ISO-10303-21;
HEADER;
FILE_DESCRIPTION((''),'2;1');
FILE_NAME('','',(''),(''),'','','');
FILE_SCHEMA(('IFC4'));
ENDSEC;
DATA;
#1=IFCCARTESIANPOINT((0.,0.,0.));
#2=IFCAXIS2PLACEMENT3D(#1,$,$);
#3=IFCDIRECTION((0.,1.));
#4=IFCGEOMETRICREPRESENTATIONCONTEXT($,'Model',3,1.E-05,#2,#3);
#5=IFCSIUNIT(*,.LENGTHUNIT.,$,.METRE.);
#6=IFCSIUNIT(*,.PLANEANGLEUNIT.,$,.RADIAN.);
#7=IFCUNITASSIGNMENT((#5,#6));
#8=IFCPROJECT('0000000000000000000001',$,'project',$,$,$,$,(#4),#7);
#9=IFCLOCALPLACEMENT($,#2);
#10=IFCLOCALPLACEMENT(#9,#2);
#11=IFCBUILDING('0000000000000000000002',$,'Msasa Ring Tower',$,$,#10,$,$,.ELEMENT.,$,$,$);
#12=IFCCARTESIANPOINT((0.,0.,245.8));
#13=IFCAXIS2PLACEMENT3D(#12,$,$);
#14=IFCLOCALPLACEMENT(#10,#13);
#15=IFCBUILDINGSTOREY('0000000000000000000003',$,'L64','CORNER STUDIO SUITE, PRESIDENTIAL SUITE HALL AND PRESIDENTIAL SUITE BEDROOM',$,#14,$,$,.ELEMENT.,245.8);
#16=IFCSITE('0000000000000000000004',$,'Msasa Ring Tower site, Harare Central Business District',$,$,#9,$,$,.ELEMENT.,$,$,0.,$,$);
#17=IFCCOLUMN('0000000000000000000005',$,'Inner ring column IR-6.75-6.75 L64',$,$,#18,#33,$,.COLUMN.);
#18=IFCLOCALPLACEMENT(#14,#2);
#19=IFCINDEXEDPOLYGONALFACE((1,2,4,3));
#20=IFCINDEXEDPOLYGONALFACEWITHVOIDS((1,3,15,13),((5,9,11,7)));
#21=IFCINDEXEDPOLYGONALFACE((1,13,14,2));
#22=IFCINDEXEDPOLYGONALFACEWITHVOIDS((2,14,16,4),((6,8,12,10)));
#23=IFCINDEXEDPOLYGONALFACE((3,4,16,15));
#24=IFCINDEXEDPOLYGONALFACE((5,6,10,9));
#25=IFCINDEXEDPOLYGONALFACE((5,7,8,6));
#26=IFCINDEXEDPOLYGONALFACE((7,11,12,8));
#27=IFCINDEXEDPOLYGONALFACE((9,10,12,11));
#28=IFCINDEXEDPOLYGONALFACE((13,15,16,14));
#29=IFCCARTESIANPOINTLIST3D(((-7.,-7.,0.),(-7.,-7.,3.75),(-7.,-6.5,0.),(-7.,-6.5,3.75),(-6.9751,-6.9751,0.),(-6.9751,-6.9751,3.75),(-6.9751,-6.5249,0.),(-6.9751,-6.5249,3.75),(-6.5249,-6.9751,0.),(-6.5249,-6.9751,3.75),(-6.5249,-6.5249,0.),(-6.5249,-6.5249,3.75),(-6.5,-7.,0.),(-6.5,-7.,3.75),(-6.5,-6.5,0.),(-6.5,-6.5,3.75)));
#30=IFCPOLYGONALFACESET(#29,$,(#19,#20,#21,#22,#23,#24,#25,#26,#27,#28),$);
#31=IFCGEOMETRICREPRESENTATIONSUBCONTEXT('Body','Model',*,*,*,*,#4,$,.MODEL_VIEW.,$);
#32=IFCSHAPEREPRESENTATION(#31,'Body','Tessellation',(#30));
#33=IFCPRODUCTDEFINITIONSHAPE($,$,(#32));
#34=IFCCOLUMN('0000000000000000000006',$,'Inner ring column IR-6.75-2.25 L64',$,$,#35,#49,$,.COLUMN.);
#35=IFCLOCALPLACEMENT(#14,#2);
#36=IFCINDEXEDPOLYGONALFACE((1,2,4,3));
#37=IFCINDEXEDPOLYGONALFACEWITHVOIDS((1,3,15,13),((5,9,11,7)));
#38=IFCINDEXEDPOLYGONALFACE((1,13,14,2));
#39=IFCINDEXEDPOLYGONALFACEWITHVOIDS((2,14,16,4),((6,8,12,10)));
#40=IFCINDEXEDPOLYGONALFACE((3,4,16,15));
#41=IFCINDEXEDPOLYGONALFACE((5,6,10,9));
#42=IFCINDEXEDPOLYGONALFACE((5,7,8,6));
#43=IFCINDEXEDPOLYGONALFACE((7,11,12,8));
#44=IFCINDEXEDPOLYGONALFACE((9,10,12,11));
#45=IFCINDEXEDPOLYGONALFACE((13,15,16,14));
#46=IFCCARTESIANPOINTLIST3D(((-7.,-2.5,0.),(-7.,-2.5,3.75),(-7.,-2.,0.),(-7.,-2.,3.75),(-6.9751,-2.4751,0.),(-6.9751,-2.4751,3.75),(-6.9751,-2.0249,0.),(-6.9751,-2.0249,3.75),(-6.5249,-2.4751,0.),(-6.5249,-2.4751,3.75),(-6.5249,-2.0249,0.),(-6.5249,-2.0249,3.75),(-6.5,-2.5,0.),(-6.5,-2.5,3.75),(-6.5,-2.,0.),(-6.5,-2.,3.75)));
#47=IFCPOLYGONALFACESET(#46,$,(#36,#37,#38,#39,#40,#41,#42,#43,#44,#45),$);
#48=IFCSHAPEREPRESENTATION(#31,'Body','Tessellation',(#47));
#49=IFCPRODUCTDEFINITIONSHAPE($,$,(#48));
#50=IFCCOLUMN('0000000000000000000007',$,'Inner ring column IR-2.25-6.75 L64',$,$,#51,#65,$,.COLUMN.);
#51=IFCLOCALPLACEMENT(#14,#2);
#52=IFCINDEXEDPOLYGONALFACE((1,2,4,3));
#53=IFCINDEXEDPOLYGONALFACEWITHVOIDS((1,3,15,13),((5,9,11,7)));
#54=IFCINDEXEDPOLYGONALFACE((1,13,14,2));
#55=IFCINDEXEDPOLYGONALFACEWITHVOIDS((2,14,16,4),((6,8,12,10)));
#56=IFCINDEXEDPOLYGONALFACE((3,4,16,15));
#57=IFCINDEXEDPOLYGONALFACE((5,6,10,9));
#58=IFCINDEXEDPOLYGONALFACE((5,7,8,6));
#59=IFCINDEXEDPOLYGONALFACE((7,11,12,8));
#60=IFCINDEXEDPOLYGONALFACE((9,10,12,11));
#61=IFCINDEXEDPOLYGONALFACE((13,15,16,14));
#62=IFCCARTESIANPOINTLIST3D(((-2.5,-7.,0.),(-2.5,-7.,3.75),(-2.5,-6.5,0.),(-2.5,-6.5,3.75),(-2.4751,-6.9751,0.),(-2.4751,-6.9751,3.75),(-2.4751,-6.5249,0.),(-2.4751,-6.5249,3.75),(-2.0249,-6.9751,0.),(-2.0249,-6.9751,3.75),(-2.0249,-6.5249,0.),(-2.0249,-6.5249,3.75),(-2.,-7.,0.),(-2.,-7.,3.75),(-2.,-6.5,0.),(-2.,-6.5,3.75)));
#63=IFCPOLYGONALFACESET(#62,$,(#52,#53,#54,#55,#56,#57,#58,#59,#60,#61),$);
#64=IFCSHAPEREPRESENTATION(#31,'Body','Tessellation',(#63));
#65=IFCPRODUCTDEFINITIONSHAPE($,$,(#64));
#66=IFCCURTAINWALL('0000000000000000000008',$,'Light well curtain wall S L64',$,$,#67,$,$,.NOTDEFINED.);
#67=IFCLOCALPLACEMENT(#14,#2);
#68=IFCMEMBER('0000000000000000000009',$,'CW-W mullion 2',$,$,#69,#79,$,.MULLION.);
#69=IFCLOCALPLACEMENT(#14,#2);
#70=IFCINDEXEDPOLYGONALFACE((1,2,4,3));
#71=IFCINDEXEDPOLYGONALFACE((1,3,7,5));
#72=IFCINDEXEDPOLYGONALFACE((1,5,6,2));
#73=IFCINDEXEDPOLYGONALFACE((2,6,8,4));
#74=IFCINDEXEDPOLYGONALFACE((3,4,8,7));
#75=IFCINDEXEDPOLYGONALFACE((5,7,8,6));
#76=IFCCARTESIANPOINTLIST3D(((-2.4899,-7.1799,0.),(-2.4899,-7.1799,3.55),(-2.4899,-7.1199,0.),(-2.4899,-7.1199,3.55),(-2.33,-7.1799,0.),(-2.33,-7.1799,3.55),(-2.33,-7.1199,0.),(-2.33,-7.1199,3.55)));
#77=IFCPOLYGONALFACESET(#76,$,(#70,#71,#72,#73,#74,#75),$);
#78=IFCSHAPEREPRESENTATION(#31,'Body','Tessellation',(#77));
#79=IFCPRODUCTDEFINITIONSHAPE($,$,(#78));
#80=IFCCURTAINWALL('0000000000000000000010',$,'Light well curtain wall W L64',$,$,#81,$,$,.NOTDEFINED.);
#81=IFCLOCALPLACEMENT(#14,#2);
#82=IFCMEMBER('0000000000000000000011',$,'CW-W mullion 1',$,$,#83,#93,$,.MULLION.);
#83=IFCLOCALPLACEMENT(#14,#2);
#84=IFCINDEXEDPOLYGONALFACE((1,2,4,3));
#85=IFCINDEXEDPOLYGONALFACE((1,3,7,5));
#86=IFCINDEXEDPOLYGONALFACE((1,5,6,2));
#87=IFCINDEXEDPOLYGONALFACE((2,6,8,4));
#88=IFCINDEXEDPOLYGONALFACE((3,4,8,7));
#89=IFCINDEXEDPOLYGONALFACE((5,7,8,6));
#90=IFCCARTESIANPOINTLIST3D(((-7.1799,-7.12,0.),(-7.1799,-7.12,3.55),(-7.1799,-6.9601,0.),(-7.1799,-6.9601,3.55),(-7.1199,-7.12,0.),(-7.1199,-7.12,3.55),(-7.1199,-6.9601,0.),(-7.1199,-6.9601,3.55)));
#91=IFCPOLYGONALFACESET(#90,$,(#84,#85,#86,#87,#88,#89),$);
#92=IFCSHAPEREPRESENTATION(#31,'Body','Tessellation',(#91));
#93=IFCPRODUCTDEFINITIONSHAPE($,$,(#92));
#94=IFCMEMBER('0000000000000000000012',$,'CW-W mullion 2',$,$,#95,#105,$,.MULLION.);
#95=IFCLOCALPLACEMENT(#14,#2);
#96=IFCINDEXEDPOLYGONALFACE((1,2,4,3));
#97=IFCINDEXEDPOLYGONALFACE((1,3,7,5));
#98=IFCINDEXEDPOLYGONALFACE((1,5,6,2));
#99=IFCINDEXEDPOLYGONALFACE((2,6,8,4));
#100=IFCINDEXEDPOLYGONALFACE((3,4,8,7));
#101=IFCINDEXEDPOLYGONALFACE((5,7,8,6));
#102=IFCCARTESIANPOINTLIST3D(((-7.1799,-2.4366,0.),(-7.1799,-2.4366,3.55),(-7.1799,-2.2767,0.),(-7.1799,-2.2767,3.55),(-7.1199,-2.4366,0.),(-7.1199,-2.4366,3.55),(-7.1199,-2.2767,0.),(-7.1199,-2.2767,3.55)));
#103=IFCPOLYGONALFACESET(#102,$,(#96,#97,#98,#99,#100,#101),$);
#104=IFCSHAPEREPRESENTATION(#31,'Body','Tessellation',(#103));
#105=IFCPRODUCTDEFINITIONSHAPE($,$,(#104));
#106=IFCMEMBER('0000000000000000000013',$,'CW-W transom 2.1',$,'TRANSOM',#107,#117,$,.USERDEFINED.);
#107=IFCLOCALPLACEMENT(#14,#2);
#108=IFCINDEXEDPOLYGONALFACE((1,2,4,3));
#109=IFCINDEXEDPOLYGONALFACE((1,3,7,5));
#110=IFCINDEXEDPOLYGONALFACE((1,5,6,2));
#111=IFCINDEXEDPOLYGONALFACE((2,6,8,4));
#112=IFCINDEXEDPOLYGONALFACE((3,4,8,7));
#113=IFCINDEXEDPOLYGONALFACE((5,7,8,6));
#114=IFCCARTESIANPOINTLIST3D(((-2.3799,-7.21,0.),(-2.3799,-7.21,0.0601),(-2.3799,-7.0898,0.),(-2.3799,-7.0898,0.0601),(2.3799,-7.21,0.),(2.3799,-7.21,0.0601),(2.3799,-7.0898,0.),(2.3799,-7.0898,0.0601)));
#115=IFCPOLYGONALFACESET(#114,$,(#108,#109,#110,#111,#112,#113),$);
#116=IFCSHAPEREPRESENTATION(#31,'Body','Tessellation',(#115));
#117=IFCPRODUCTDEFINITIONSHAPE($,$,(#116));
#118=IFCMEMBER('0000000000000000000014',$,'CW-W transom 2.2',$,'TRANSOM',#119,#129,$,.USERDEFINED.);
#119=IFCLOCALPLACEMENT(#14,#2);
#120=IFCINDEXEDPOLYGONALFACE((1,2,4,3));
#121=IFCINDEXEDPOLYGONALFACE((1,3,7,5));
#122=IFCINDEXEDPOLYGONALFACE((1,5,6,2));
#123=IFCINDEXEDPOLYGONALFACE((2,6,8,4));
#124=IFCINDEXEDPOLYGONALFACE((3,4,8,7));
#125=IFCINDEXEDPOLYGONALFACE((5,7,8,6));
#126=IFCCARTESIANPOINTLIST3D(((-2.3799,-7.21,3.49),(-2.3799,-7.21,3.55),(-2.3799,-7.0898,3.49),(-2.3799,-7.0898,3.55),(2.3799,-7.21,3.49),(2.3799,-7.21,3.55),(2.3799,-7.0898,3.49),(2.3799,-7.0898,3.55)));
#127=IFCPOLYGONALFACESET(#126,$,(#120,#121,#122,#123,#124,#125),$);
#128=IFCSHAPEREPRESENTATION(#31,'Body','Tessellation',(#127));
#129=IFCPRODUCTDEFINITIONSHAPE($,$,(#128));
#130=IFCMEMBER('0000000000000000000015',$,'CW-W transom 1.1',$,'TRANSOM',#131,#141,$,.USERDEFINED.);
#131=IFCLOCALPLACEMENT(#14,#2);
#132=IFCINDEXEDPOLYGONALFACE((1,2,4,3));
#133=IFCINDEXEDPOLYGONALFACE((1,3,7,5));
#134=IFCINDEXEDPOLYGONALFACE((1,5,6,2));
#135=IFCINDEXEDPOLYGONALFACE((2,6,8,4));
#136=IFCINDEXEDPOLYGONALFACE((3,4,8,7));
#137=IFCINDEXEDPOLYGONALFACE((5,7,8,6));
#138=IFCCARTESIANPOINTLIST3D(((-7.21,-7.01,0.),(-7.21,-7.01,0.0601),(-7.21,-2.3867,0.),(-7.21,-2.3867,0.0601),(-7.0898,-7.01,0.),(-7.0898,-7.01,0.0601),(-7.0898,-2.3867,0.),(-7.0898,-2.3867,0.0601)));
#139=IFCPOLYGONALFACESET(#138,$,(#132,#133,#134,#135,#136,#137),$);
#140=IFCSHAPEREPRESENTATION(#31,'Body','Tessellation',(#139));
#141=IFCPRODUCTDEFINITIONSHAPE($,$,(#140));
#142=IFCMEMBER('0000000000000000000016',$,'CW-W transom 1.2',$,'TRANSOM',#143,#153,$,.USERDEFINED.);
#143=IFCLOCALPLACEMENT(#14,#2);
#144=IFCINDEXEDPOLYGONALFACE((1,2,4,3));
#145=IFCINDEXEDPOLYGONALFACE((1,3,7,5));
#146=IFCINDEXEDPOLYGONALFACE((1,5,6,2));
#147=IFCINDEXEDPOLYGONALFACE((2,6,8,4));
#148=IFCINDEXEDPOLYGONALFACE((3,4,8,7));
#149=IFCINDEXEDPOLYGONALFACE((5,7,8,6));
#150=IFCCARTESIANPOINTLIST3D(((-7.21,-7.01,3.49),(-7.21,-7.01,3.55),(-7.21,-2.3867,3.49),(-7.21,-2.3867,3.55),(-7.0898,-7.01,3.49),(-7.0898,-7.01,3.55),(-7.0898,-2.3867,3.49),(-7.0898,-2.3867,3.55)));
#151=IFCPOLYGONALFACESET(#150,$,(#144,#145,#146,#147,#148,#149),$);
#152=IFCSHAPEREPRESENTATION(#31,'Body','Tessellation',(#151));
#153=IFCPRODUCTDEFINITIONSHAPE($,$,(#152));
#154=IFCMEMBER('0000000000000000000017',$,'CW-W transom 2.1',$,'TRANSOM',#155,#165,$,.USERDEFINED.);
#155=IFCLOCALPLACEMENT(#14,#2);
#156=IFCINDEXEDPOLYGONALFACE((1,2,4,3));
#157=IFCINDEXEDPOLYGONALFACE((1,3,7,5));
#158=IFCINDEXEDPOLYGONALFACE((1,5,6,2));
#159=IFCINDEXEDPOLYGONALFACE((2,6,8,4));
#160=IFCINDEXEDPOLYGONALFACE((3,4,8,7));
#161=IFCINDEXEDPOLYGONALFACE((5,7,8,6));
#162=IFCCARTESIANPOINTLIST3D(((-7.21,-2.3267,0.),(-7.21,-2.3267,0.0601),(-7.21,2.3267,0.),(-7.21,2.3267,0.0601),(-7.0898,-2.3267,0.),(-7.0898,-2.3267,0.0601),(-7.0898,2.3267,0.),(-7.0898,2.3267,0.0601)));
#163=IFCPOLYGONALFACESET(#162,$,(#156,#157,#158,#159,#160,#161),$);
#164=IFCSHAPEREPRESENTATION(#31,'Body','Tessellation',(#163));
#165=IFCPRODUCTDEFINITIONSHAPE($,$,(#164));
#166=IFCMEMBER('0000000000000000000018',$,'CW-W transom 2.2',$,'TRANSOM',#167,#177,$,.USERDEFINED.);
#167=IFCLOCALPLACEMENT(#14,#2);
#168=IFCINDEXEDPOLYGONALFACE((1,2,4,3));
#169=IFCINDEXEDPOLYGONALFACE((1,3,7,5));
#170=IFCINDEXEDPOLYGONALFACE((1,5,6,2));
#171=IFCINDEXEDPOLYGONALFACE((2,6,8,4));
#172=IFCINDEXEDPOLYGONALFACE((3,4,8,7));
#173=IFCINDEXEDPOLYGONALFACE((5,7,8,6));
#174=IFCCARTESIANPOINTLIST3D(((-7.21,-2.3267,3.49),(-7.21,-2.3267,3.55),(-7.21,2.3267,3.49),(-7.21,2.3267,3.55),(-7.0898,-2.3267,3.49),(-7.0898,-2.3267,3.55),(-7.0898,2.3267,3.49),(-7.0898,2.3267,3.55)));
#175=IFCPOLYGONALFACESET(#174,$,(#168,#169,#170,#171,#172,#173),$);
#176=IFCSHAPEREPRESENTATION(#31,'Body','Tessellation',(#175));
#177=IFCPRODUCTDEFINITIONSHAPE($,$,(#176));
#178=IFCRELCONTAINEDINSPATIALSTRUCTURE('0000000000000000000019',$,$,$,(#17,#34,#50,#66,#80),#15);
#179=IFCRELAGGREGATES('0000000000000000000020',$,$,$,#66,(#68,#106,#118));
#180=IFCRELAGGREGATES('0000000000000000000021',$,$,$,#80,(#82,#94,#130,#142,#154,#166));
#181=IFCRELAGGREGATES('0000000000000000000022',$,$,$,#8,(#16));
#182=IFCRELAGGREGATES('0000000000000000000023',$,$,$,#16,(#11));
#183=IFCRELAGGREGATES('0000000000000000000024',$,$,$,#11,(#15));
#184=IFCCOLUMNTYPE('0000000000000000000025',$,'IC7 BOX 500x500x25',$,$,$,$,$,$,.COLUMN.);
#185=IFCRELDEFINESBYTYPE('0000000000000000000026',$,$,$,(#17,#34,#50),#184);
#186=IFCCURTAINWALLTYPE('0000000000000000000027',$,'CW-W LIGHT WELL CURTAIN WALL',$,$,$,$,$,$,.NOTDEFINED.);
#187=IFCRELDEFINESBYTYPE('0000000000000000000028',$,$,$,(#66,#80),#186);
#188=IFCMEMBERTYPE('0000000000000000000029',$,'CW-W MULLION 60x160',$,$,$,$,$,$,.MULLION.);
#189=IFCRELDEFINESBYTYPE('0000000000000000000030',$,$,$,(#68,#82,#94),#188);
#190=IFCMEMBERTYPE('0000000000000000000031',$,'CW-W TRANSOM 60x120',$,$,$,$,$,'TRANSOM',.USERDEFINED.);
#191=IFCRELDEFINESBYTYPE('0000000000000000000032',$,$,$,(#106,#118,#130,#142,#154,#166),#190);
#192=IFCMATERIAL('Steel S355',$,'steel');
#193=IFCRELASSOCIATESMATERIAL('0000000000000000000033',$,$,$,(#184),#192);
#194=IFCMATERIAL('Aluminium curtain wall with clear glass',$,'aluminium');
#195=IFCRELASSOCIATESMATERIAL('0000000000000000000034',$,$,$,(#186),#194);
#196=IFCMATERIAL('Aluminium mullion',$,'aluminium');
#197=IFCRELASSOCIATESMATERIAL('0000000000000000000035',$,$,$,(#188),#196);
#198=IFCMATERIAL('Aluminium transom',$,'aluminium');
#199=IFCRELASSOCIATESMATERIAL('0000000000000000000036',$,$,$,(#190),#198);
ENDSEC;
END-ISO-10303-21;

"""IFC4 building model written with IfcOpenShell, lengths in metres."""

from ifc_helpers import new_model, si_unit, direction, frame, origin, origin_2d, place, context, subcontext, project, spatial, rectangle, hollow_rectangle, extrude, material, material_profile, profile_set, type_object, element, aggregate, save


model = new_model("IFC4")

# Units and contexts
model_context = context("Model", 3, precision=1e-05, world=origin(), true_north=direction((0.0, 1.0)))
body_context = subcontext(model_context, "Body", "Model", "MODEL_VIEW")
ifc_project = project(units=[si_unit("LENGTHUNIT", "METRE"), si_unit("PLANEANGLEUNIT", "RADIAN")], contexts=[model_context])

# Site, building, storey
site_placement = place(None, origin())
site = spatial("IfcSite", under=ifc_project, at=site_placement, Name="Msasa Ring Tower site, Harare Central Business District", CompositionType="ELEMENT", RefElevation=0.0)
building_placement = place(site_placement, origin())
building = spatial("IfcBuilding", under=site, at=building_placement, Name="Msasa Ring Tower", CompositionType="ELEMENT")
storey_placement = place(building_placement, frame((0.0, 0.0, 245.8)))
storey = spatial("IfcBuildingStorey", under=building, at=storey_placement, Name="L64", Description="CORNER STUDIO SUITE, PRESIDENTIAL SUITE HALL AND PRESIDENTIAL SUITE BEDROOM", CompositionType="ELEMENT", Elevation=245.8)

# Columns
ifc_material_1 = material(Name="Steel S355", Category="steel")
ifc_material_profile_1 = material_profile(ifc_material_1, hollow_rectangle(XDim=0.5, YDim=0.5, WallThickness=0.0249, at=origin_2d()), Name="BOX 500x500x25")
ifc_profile_set_1 = profile_set([ifc_material_profile_1], Name="Steel S355")
column_type = type_object("IfcColumnType", Name="IC7 BOX 500x500x25", PredefinedType="COLUMN", material=ifc_profile_set_1)
for number, where, z_axis, x_axis, name in (
    (1, (-6.75, -6.75, 0.0), (0.0, 0.0, 1.0), (1.0, 0.0, 0.0), "Inner ring column IR-6.75-6.75 L64"),
    (2, (-6.75, -2.25, 0.0), (0.0, 0.0, 1.0), (1.0, 0.0, 0.0), "Inner ring column IR-6.75-2.25 L64"),
    (3, (-2.25, -6.75, 0.0), (0.0, 0.0, 1.0), (1.0, 0.0, 0.0), "Inner ring column IR-2.25-6.75 L64"),
):
    element("IfcColumn", number, at=place(storey_placement, frame(where, z_axis=z_axis, x_axis=x_axis)), inside=storey, type_object=column_type, Name=name, PredefinedType="COLUMN", context=body_context, shape_type="SweptSolid", body=[
        extrude(hollow_rectangle(XDim=0.5, YDim=0.5, WallThickness=0.0249, at=origin_2d()), origin(), (0.0, 0.0, 1.0), 3.75),
    ])

# Curtain wall, member
ifc_material_2 = material(Name="Aluminium curtain wall with clear glass", Category="aluminium")
curtain_wall_type = type_object("IfcCurtainWallType", Name="CW-W LIGHT WELL CURTAIN WALL", PredefinedType="NOTDEFINED", material=ifc_material_2)
curtain_wall_1_placement = place(storey_placement, origin())
curtain_wall_1 = element("IfcCurtainWall", 4, at=curtain_wall_1_placement, inside=storey, type_object=curtain_wall_type, Name="Light well curtain wall S L64", PredefinedType="NOTDEFINED")
ifc_material_3 = material(Name="Aluminium mullion", Category="aluminium")
ifc_material_profile_2 = material_profile(ifc_material_3, rectangle(XDim=0.0601, YDim=0.1599, at=origin_2d()), Name="AL 60x160")
ifc_profile_set_2 = profile_set([ifc_material_profile_2], Name="Aluminium mullion")
member_type_1 = type_object("IfcMemberType", Name="CW-W MULLION 60x160", PredefinedType="MULLION", material=ifc_profile_set_2)
member_1_placement = place(storey_placement, frame((-2.4099, -7.1499, 0.0), z_axis=(0.0, 0.0, 1.0), x_axis=(0.0, 1.0, 0.0)))
member_1 = element("IfcMember", 5, at=member_1_placement, type_object=member_type_1, Name="CW-W mullion 2", PredefinedType="MULLION", context=body_context, shape_type="SweptSolid", body=[
    extrude(rectangle(XDim=0.0601, YDim=0.1599, at=origin_2d()), origin(), (0.0, 0.0, 1.0), 3.55),
])

# Curtain wall, members
curtain_wall_2_placement = place(storey_placement, origin())
curtain_wall_2 = element("IfcCurtainWall", 6, at=curtain_wall_2_placement, inside=storey, type_object=curtain_wall_type, Name="Light well curtain wall W L64", PredefinedType="NOTDEFINED")
member_2_placement = place(storey_placement, frame((-7.1499, -7.04, 0.0), z_axis=(0.0, 0.0, 1.0), x_axis=(-1.0, 0.0, 0.0)))
member_2 = element("IfcMember", 7, at=member_2_placement, type_object=member_type_1, Name="CW-W mullion 1", PredefinedType="MULLION", context=body_context, shape_type="SweptSolid", body=[
    extrude(rectangle(XDim=0.0601, YDim=0.1599, at=origin_2d()), origin(), (0.0, 0.0, 1.0), 3.55),
])
member_3_placement = place(storey_placement, frame((-7.1499, -2.3567, 0.0), z_axis=(0.0, 0.0, 1.0), x_axis=(-1.0, 0.0, 0.0)))
member_3 = element("IfcMember", 8, at=member_3_placement, type_object=member_type_1, Name="CW-W mullion 2", PredefinedType="MULLION", context=body_context, shape_type="SweptSolid", body=[
    extrude(rectangle(XDim=0.0601, YDim=0.1599, at=origin_2d()), origin(), (0.0, 0.0, 1.0), 3.55),
])

# Members
ifc_material_4 = material(Name="Aluminium transom", Category="aluminium")
ifc_material_profile_3 = material_profile(ifc_material_4, rectangle(XDim=0.1201, YDim=0.0601, at=origin_2d()), Name="AL 60x120")
ifc_profile_set_3 = profile_set([ifc_material_profile_3], Name="Aluminium transom")
member_type_2 = type_object("IfcMemberType", Name="CW-W TRANSOM 60x120", ElementType="TRANSOM", PredefinedType="USERDEFINED", material=ifc_profile_set_3)
member_4_placement = place(storey_placement, frame((-2.3799, -7.1499, 0.03), z_axis=(1.0, 0.0, 0.0), x_axis=(0.0, 1.0, 0.0)))
member_4 = element("IfcMember", 9, at=member_4_placement, type_object=member_type_2, Name="CW-W transom 2.1", ObjectType="TRANSOM", PredefinedType="USERDEFINED", context=body_context, shape_type="SweptSolid", body=[
    extrude(rectangle(XDim=0.1201, YDim=0.0601, at=origin_2d()), origin(), (0.0, 0.0, 1.0), 4.7598),
])
member_5_placement = place(storey_placement, frame((-2.3799, -7.1499, 3.52), z_axis=(1.0, 0.0, 0.0), x_axis=(0.0, 1.0, 0.0)))
member_5 = element("IfcMember", 10, at=member_5_placement, type_object=member_type_2, Name="CW-W transom 2.2", ObjectType="TRANSOM", PredefinedType="USERDEFINED", context=body_context, shape_type="SweptSolid", body=[
    extrude(rectangle(XDim=0.1201, YDim=0.0601, at=origin_2d()), origin(), (0.0, 0.0, 1.0), 4.7598),
])
aggregate(curtain_wall_1, [member_1, member_4, member_5])
member_6_placement = place(storey_placement, frame((-7.1499, -7.01, 0.03), z_axis=(0.0, 1.0, 0.0), x_axis=(-1.0, 0.0, 0.0)))
member_6 = element("IfcMember", 11, at=member_6_placement, type_object=member_type_2, Name="CW-W transom 1.1", ObjectType="TRANSOM", PredefinedType="USERDEFINED", context=body_context, shape_type="SweptSolid", body=[
    extrude(rectangle(XDim=0.1201, YDim=0.0601, at=origin_2d()), origin(), (0.0, 0.0, 1.0), 4.6233),
])
member_7_placement = place(storey_placement, frame((-7.1499, -7.01, 3.52), z_axis=(0.0, 1.0, 0.0), x_axis=(-1.0, 0.0, 0.0)))
member_7 = element("IfcMember", 12, at=member_7_placement, type_object=member_type_2, Name="CW-W transom 1.2", ObjectType="TRANSOM", PredefinedType="USERDEFINED", context=body_context, shape_type="SweptSolid", body=[
    extrude(rectangle(XDim=0.1201, YDim=0.0601, at=origin_2d()), origin(), (0.0, 0.0, 1.0), 4.6233),
])
member_8_placement = place(storey_placement, frame((-7.1499, -2.3267, 0.03), z_axis=(0.0, 1.0, 0.0), x_axis=(-1.0, 0.0, 0.0)))
member_8 = element("IfcMember", 13, at=member_8_placement, type_object=member_type_2, Name="CW-W transom 2.1", ObjectType="TRANSOM", PredefinedType="USERDEFINED", context=body_context, shape_type="SweptSolid", body=[
    extrude(rectangle(XDim=0.1201, YDim=0.0601, at=origin_2d()), origin(), (0.0, 0.0, 1.0), 4.6533),
])
member_9_placement = place(storey_placement, frame((-7.1499, -2.3267, 3.52), z_axis=(0.0, 1.0, 0.0), x_axis=(-1.0, 0.0, 0.0)))
member_9 = element("IfcMember", 14, at=member_9_placement, type_object=member_type_2, Name="CW-W transom 2.2", ObjectType="TRANSOM", PredefinedType="USERDEFINED", context=body_context, shape_type="SweptSolid", body=[
    extrude(rectangle(XDim=0.1201, YDim=0.0601, at=origin_2d()), origin(), (0.0, 0.0, 1.0), 4.6533),
])

aggregate(curtain_wall_2, [member_2, member_3, member_6, member_7, member_8, member_9])

save(model, "model.ifc")
